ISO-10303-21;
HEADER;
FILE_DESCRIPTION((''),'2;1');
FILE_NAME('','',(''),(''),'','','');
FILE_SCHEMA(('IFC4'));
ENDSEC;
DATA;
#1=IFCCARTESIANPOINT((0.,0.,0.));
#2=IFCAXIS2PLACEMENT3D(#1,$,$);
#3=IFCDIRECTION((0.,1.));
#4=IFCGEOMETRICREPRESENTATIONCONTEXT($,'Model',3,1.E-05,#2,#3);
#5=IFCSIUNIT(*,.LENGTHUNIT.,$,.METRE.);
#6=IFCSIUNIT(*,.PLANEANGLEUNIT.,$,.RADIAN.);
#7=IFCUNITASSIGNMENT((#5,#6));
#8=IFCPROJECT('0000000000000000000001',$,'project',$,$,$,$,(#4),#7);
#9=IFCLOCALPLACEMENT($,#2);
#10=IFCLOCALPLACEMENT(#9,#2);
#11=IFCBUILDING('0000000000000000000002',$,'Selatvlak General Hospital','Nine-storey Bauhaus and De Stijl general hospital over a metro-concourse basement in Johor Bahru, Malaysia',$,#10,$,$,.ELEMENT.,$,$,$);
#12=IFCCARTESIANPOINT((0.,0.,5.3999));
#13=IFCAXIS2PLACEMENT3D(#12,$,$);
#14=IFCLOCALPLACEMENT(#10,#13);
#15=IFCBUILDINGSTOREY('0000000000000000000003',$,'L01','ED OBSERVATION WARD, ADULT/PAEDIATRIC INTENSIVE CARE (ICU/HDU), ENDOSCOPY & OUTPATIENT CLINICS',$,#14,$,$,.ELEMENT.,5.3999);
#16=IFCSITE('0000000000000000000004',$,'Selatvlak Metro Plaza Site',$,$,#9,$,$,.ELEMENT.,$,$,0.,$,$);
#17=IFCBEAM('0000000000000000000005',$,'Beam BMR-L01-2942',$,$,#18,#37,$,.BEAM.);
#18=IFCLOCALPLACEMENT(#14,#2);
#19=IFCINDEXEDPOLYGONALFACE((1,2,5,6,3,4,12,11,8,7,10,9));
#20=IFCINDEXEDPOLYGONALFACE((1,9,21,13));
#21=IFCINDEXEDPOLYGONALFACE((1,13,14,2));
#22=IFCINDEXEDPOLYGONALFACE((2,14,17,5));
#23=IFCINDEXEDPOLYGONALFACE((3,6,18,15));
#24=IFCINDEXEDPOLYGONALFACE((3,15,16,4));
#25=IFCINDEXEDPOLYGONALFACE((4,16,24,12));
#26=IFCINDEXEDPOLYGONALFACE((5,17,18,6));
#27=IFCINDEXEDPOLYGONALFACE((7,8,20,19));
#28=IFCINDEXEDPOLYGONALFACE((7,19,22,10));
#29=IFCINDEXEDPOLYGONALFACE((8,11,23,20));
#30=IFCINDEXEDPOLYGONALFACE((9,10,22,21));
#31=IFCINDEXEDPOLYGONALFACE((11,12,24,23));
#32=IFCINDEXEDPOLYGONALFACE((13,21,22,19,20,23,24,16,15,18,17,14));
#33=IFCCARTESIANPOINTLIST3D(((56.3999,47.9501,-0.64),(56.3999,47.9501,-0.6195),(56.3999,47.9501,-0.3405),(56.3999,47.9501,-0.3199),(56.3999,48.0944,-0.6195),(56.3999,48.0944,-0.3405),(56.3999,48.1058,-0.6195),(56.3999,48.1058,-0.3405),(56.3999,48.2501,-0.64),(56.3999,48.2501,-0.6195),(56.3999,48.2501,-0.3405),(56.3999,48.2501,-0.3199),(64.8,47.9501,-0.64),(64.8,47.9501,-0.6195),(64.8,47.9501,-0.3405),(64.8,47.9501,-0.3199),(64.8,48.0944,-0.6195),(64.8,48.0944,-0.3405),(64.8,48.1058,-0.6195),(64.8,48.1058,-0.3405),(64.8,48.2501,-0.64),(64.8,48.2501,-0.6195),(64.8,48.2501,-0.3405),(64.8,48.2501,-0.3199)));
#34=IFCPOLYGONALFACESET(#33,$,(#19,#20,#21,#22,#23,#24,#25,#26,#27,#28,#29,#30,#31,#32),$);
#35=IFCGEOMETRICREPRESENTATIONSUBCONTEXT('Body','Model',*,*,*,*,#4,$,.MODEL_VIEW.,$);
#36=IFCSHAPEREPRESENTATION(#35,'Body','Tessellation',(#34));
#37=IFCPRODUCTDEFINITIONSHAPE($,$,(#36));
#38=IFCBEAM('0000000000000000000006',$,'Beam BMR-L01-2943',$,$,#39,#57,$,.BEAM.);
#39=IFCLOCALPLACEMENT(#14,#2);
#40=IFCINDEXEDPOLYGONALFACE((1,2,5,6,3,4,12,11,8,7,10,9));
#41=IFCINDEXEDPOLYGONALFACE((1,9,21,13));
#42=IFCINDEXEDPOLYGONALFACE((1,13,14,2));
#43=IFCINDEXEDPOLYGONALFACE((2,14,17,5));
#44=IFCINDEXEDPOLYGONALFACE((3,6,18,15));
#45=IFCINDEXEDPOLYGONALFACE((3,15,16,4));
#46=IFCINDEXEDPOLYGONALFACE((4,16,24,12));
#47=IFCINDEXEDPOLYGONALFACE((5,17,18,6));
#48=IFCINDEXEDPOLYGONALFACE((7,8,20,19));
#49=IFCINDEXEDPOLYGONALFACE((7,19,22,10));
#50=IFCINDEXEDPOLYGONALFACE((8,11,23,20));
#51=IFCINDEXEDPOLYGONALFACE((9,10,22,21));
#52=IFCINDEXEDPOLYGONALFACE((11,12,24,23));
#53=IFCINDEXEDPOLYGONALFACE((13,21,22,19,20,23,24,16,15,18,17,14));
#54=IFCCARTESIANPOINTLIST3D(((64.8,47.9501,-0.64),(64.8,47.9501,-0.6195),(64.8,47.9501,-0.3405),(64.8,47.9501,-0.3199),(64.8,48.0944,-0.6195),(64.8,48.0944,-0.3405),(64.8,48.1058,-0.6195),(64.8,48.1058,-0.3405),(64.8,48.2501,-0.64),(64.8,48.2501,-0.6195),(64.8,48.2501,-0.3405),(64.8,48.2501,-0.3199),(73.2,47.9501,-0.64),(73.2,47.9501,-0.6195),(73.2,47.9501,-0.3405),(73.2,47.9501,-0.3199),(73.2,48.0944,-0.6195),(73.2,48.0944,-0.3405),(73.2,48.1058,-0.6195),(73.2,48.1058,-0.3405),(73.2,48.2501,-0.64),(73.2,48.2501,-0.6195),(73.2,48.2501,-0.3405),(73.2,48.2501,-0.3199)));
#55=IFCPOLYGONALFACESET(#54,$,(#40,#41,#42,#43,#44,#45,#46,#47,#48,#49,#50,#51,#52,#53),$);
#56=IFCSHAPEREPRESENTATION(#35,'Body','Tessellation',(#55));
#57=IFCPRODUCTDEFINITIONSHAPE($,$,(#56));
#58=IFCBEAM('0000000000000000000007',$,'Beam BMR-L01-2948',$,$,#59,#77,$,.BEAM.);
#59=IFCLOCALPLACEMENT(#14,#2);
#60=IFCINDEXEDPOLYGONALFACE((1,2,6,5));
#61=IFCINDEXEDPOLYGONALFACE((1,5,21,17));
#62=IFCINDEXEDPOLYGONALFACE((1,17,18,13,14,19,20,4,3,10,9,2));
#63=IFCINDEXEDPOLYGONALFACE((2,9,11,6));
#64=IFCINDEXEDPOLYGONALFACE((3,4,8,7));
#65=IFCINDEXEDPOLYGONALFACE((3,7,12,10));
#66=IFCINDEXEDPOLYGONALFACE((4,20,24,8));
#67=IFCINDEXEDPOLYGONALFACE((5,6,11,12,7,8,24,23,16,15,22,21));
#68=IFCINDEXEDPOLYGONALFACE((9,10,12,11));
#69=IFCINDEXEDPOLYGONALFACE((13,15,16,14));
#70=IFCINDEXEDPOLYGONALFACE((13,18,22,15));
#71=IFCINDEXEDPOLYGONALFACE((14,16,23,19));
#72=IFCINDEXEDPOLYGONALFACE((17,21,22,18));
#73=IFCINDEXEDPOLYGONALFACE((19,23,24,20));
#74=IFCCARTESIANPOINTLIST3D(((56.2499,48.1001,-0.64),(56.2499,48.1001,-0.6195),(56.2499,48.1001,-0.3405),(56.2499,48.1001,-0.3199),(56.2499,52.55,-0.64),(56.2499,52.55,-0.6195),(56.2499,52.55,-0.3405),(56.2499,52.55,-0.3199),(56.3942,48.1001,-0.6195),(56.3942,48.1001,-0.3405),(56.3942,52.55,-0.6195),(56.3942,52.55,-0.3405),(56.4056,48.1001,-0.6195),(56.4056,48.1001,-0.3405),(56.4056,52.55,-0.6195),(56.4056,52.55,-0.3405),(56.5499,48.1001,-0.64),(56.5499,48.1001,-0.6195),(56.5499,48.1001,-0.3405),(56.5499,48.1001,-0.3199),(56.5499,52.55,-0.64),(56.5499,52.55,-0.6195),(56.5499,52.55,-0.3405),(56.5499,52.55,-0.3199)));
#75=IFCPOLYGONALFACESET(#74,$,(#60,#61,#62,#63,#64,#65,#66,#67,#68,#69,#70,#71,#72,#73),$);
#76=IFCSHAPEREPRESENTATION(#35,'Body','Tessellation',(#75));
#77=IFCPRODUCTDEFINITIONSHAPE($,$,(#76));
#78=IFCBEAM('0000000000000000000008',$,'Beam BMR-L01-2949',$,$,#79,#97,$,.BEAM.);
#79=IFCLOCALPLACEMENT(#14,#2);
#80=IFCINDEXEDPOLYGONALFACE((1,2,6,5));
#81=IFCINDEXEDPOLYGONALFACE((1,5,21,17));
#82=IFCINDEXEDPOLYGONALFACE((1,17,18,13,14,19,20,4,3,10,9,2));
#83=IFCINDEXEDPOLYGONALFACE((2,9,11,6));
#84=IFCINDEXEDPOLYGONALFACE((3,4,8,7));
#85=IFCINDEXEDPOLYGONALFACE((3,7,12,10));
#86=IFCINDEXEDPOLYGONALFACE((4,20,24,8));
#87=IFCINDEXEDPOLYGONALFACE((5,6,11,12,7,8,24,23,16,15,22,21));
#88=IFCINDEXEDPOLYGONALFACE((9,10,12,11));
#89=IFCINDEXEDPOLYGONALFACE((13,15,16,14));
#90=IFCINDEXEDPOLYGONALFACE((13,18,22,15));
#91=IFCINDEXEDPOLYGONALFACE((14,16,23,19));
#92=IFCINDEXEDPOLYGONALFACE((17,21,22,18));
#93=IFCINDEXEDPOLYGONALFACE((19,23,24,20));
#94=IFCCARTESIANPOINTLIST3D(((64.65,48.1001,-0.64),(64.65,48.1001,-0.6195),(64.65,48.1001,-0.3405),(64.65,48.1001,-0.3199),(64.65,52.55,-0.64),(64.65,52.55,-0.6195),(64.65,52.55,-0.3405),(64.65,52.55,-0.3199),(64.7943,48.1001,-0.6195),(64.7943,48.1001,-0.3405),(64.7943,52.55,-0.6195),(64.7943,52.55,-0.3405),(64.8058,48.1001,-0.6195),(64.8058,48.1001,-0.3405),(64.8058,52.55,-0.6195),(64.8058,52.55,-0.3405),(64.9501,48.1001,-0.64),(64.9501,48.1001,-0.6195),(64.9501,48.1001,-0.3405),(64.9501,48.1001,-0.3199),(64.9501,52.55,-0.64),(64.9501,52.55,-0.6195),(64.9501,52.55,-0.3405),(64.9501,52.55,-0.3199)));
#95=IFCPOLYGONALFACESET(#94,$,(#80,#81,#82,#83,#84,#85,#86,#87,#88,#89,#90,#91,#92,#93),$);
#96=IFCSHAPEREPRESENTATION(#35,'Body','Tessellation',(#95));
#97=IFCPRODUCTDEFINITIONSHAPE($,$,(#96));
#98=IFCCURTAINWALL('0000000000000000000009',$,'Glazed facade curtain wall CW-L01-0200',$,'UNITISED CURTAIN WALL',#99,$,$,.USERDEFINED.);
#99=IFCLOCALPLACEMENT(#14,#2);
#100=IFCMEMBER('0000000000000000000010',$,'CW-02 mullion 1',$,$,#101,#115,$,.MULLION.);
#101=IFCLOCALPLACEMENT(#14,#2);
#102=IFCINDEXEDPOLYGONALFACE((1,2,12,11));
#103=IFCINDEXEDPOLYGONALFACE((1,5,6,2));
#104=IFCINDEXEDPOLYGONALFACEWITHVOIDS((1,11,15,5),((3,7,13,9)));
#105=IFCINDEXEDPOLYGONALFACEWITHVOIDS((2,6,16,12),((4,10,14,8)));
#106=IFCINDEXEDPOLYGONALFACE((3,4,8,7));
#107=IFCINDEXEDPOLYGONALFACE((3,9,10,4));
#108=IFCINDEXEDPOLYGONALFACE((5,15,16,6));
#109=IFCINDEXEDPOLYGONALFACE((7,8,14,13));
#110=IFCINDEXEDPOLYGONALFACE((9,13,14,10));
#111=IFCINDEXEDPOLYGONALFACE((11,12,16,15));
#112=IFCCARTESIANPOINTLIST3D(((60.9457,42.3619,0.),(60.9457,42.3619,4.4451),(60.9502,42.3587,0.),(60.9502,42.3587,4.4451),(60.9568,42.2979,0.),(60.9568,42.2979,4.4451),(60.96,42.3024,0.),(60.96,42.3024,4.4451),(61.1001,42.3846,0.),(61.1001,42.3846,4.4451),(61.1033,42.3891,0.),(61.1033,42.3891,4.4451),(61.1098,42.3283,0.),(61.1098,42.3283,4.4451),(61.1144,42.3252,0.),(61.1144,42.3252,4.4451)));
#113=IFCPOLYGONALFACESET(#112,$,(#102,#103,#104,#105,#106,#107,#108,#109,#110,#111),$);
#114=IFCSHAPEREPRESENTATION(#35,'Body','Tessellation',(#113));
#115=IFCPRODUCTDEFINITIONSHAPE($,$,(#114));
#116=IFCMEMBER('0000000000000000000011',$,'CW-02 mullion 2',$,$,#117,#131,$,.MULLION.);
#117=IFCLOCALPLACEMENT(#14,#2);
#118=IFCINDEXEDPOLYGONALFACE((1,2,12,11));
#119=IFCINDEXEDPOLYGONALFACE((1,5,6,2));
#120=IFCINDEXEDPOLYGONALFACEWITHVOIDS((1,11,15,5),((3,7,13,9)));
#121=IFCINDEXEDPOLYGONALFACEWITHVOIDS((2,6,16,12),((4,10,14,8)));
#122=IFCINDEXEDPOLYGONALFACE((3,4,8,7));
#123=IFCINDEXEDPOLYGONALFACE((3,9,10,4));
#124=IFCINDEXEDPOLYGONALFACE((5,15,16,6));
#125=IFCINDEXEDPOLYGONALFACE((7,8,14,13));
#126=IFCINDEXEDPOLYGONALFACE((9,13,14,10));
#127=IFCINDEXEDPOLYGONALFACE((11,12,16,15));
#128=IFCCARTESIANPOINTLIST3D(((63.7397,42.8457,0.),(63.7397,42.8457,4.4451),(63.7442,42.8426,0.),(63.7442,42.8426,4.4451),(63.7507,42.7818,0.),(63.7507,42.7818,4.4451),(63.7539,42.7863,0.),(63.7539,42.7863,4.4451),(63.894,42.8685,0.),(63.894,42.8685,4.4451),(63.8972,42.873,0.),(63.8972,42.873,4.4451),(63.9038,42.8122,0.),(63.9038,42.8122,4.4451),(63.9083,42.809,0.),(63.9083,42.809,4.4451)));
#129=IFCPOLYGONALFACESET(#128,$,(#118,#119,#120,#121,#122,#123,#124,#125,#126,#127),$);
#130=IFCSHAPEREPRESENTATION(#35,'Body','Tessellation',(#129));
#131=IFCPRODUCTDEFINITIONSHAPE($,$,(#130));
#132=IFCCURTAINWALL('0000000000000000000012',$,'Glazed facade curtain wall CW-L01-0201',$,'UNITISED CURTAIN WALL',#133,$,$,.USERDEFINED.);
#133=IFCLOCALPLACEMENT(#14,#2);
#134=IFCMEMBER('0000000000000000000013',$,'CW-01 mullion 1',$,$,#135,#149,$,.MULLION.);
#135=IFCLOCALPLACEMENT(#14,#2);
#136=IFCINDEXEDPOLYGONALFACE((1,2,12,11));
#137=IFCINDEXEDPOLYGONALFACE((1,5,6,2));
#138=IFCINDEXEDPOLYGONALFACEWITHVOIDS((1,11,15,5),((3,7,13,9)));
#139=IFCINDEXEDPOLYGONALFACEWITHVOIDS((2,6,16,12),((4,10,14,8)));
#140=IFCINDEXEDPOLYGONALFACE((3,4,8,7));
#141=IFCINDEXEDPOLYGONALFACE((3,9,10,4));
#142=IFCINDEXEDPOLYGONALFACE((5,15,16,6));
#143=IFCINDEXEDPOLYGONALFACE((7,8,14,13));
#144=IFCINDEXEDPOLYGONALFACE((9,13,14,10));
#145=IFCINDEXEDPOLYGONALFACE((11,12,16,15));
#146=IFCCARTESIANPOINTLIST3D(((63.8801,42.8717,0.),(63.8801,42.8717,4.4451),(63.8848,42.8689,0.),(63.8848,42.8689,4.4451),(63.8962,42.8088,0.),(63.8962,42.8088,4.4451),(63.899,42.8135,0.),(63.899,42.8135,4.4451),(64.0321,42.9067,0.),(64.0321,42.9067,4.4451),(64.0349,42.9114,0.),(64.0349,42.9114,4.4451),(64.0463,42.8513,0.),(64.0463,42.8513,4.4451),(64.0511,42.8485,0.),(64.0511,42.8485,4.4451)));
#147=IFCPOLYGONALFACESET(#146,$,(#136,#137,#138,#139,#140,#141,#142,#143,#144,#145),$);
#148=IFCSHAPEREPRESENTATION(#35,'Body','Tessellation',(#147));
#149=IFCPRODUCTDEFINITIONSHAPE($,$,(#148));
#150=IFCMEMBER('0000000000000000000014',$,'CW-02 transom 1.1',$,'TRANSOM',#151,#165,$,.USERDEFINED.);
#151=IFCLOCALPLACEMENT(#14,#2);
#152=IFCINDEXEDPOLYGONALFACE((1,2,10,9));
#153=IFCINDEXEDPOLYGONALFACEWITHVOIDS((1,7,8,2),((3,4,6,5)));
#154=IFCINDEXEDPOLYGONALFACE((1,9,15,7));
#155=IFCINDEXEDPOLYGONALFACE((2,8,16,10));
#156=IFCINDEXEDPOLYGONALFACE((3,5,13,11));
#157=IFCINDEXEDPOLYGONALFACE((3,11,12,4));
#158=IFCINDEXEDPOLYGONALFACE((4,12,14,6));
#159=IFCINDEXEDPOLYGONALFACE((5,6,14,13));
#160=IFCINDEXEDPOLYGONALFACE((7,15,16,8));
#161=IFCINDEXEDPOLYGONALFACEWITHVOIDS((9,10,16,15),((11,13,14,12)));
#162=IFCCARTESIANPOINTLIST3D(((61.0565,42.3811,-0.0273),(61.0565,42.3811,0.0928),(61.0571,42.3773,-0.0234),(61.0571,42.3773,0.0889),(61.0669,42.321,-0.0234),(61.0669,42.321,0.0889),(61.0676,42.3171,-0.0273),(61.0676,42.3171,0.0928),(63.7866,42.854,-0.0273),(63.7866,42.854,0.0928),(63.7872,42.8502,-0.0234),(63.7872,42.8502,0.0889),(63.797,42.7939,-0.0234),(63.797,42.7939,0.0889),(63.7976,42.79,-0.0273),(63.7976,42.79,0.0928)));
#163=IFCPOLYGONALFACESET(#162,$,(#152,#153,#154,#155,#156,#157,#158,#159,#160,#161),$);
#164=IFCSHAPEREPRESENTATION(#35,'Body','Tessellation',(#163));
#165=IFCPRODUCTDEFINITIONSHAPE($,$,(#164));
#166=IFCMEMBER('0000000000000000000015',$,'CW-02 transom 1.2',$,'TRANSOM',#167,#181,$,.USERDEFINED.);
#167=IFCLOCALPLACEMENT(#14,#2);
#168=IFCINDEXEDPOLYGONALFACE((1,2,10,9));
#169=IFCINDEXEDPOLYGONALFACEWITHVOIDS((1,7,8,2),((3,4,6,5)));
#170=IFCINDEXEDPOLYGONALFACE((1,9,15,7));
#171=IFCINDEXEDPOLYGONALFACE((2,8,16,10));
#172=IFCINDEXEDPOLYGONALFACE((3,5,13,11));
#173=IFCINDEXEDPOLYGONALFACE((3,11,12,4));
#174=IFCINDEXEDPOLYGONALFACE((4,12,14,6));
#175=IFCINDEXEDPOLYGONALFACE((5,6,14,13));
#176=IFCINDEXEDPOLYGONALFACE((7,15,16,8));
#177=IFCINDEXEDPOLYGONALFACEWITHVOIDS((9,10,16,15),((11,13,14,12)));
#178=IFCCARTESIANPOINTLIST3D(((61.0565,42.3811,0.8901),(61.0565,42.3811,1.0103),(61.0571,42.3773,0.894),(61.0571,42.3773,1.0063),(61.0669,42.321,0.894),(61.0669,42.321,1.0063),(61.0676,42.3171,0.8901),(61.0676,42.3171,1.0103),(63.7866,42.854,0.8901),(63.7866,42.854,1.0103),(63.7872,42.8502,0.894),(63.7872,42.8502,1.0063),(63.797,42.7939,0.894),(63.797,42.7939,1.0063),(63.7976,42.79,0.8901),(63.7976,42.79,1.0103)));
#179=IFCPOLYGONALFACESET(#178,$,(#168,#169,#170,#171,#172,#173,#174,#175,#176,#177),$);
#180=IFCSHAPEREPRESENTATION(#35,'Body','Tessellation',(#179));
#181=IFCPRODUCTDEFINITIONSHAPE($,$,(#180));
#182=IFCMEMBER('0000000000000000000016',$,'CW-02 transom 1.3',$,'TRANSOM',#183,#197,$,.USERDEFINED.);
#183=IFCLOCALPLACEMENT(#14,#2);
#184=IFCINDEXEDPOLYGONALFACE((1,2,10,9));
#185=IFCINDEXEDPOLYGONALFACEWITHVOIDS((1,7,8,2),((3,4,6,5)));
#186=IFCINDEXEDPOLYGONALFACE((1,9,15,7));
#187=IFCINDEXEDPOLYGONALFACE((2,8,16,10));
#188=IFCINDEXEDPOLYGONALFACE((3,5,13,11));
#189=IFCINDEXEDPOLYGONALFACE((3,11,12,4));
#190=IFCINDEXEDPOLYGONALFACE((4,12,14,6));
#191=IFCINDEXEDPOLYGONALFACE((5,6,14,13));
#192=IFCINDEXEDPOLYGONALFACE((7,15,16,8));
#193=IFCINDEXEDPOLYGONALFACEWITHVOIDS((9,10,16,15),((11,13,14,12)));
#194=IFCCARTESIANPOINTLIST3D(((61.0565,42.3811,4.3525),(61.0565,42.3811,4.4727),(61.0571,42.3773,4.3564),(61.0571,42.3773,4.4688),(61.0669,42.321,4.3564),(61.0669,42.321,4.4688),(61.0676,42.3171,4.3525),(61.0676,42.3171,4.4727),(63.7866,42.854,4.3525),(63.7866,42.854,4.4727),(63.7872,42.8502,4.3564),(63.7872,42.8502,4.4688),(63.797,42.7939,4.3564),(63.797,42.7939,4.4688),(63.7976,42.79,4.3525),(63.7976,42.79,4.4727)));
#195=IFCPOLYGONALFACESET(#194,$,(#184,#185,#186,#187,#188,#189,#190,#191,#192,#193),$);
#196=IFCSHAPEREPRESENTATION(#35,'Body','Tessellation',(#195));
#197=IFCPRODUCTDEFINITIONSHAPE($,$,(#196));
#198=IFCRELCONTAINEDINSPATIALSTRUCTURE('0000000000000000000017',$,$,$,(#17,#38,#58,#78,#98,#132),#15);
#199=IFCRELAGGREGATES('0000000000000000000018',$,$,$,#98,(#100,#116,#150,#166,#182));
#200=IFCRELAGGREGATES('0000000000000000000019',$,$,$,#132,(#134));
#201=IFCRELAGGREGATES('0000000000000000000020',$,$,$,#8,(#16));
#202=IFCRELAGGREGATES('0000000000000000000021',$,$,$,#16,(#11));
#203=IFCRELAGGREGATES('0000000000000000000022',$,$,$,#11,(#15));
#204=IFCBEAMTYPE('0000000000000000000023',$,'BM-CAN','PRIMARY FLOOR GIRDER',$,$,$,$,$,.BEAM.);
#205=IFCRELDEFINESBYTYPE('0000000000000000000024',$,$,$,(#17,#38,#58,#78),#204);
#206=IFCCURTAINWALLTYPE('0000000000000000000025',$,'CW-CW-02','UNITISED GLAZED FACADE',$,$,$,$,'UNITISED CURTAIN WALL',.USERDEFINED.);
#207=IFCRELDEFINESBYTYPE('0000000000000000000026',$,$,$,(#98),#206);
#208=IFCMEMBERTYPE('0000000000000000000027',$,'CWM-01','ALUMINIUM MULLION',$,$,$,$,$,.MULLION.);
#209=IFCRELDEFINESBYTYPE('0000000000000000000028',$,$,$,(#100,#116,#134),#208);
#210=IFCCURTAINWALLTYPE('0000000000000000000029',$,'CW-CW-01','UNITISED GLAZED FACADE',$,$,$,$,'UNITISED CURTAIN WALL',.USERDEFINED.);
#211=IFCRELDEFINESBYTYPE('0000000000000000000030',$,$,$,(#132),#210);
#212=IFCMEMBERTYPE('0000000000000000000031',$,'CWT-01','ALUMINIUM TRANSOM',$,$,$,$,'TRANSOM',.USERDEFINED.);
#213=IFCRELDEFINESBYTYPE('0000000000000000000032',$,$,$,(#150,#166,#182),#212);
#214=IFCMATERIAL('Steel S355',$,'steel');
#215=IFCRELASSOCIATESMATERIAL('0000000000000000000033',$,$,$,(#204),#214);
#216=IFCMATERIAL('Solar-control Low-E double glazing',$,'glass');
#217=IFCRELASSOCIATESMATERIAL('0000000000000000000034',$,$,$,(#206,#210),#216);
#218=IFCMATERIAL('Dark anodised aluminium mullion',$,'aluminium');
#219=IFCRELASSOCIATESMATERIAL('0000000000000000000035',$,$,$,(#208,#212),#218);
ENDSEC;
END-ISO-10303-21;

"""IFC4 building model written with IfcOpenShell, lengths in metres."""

from ifc_helpers import new_model, si_unit, direction, frame, origin, origin_2d, place, context, subcontext, project, spatial, hollow_rectangle, i_section, extrude, material, material_profile, profile_set, type_object, element, aggregate, save


model = new_model("IFC4")

# Units and contexts
model_context = context("Model", 3, precision=1e-05, world=origin(), true_north=direction((0.0, 1.0)))
body_context = subcontext(model_context, "Body", "Model", "MODEL_VIEW")
ifc_project = project(units=[si_unit("LENGTHUNIT", "METRE"), si_unit("PLANEANGLEUNIT", "RADIAN")], contexts=[model_context])

# Site, building, storey
site_placement = place(None, origin())
site = spatial("IfcSite", under=ifc_project, at=site_placement, Name="Selatvlak Metro Plaza Site", CompositionType="ELEMENT", RefElevation=0.0)
building_placement = place(site_placement, origin())
building = spatial("IfcBuilding", under=site, at=building_placement, Name="Selatvlak General Hospital", Description="Nine-storey Bauhaus and De Stijl general hospital over a metro-concourse basement in Johor Bahru, Malaysia", CompositionType="ELEMENT")
storey_placement = place(building_placement, frame((0.0, 0.0, 5.3999)))
storey = spatial("IfcBuildingStorey", under=building, at=storey_placement, Name="L01", Description="ED OBSERVATION WARD, ADULT/PAEDIATRIC INTENSIVE CARE (ICU/HDU), ENDOSCOPY & OUTPATIENT CLINICS", CompositionType="ELEMENT", Elevation=5.3999)

# Beams
ifc_material_1 = material(Name="Steel S355", Category="steel")
ifc_material_profile_1 = material_profile(ifc_material_1, i_section(OverallWidth=0.3, OverallDepth=0.3201, WebThickness=0.0115, FlangeThickness=0.0205, at=origin_2d()), Name="HEB 320")
ifc_profile_set_1 = profile_set([ifc_material_profile_1], Name="Steel S355")
beam_type = type_object("IfcBeamType", Name="BM-CAN", Description="PRIMARY FLOOR GIRDER", PredefinedType="BEAM", material=ifc_profile_set_1)
beam_1_placement = place(storey_placement, frame((56.3999, 48.1001, -0.48), z_axis=(1.0, 0.0, 0.0), x_axis=(0.0, 1.0, 0.0)))
element("IfcBeam", 1, at=beam_1_placement, inside=storey, type_object=beam_type, Name="Beam BMR-L01-2942", PredefinedType="BEAM", context=body_context, shape_type="SweptSolid", body=[
    extrude(i_section(OverallWidth=0.3, OverallDepth=0.3201, WebThickness=0.0115, FlangeThickness=0.0205, at=origin_2d()), origin(), (0.0, 0.0, 1.0), 8.4001),
])
beam_2_placement = place(storey_placement, frame((64.8, 48.1001, -0.48), z_axis=(1.0, 0.0, 0.0), x_axis=(0.0, 1.0, 0.0)))
element("IfcBeam", 2, at=beam_2_placement, inside=storey, type_object=beam_type, Name="Beam BMR-L01-2943", PredefinedType="BEAM", context=body_context, shape_type="SweptSolid", body=[
    extrude(i_section(OverallWidth=0.3, OverallDepth=0.3201, WebThickness=0.0115, FlangeThickness=0.0205, at=origin_2d()), origin(), (0.0, 0.0, 1.0), 8.3999),
])
for number, where, z_axis, x_axis, name in (
    (3, (56.3999, 48.1001, -0.48), (0.0, 1.0, 0.0), (-1.0, 0.0, 0.0), "Beam BMR-L01-2948"),
    (4, (64.8, 48.1001, -0.48), (0.0, 1.0, 0.0), (-1.0, 0.0, 0.0), "Beam BMR-L01-2949"),
):
    element("IfcBeam", number, at=place(storey_placement, frame(where, z_axis=z_axis, x_axis=x_axis)), inside=storey, type_object=beam_type, Name=name, PredefinedType="BEAM", context=body_context, shape_type="SweptSolid", body=[
        extrude(i_section(OverallWidth=0.3, OverallDepth=0.3201, WebThickness=0.0115, FlangeThickness=0.0205, at=origin_2d()), origin(), (0.0, 0.0, 1.0), 4.45),
    ])

# Curtain wall, members
ifc_material_2 = material(Name="Solar-control Low-E double glazing", Category="glass")
curtain_wall_type_1 = type_object("IfcCurtainWallType", Name="CW-CW-02", Description="UNITISED GLAZED FACADE", ElementType="UNITISED CURTAIN WALL", PredefinedType="USERDEFINED", material=ifc_material_2)
curtain_wall_1_placement = place(storey_placement, origin())
curtain_wall_1 = element("IfcCurtainWall", 5, at=curtain_wall_1_placement, inside=storey, type_object=curtain_wall_type_1, Name="Glazed facade curtain wall CW-L01-0200", ObjectType="UNITISED CURTAIN WALL", PredefinedType="USERDEFINED")
ifc_material_3 = material(Name="Dark anodised aluminium mullion", Category="aluminium")
ifc_material_profile_2 = material_profile(ifc_material_3, hollow_rectangle(XDim=0.0649, YDim=0.1599, WallThickness=0.0039, at=origin_2d()), Name="AL-MUL 65x160x4")
ifc_profile_set_2 = profile_set([ifc_material_profile_2], Name="Dark anodised aluminium mullion")
member_type_1 = type_object("IfcMemberType", Name="CWM-01", Description="ALUMINIUM MULLION", PredefinedType="MULLION", material=ifc_profile_set_2)
member_1_placement = place(storey_placement, frame((61.03, 42.3435, 0.0), z_axis=(0.0, 0.0, 1.0), x_axis=(-0.170657, 0.98533, 0.0)))
member_1 = element("IfcMember", 6, at=member_1_placement, type_object=member_type_1, Name="CW-02 mullion 1", PredefinedType="MULLION", context=body_context, shape_type="SweptSolid", body=[
    extrude(hollow_rectangle(XDim=0.0649, YDim=0.1599, WallThickness=0.0039, at=origin_2d()), origin(), (0.0, 0.0, 1.0), 4.4451),
])
member_2_placement = place(storey_placement, frame((63.824, 42.8274, 0.0), z_axis=(0.0, 0.0, 1.0), x_axis=(-0.170657, 0.98533, 0.0)))
member_2 = element("IfcMember", 7, at=member_2_placement, type_object=member_type_1, Name="CW-02 mullion 2", PredefinedType="MULLION", context=body_context, shape_type="SweptSolid", body=[
    extrude(hollow_rectangle(XDim=0.0649, YDim=0.1599, WallThickness=0.0039, at=origin_2d()), origin(), (0.0, 0.0, 1.0), 4.4451),
])

# Curtain wall, member
curtain_wall_type_2 = type_object("IfcCurtainWallType", Name="CW-CW-01", Description="UNITISED GLAZED FACADE", ElementType="UNITISED CURTAIN WALL", PredefinedType="USERDEFINED", material=ifc_material_2)
curtain_wall_2_placement = place(storey_placement, origin())
curtain_wall_2 = element("IfcCurtainWall", 8, at=curtain_wall_2_placement, inside=storey, type_object=curtain_wall_type_2, Name="Glazed facade curtain wall CW-L01-0201", ObjectType="UNITISED CURTAIN WALL", PredefinedType="USERDEFINED")
member_3_placement = place(storey_placement, frame((63.9656, 42.8601, 0.0), z_axis=(0.0, 0.0, 1.0), x_axis=(-0.248607, 0.968604, 0.0)))
member_3 = element("IfcMember", 9, at=member_3_placement, type_object=member_type_1, Name="CW-01 mullion 1", PredefinedType="MULLION", context=body_context, shape_type="SweptSolid", body=[
    extrude(hollow_rectangle(XDim=0.0649, YDim=0.1599, WallThickness=0.0039, at=origin_2d()), origin(), (0.0, 0.0, 1.0), 4.4451),
])

# Members
ifc_material_profile_3 = material_profile(ifc_material_3, hollow_rectangle(XDim=0.0649, YDim=0.1201, WallThickness=0.0039, at=origin_2d()), Name="AL-TRN 65x120x4")
ifc_profile_set_3 = profile_set([ifc_material_profile_3], Name="Dark anodised aluminium mullion")
member_type_2 = type_object("IfcMemberType", Name="CWT-01", Description="ALUMINIUM TRANSOM", ElementType="TRANSOM", PredefinedType="USERDEFINED", material=ifc_profile_set_3)
member_4_placement = place(storey_placement, frame((61.062, 42.3491, 0.0327), z_axis=(0.985326, 0.170683, 0.0), x_axis=(-0.170683, 0.985326, 0.0)))
member_4 = element("IfcMember", 10, at=member_4_placement, type_object=member_type_2, Name="CW-02 transom 1.1", ObjectType="TRANSOM", PredefinedType="USERDEFINED", context=body_context, shape_type="SweptSolid", body=[
    extrude(hollow_rectangle(XDim=0.0649, YDim=0.1201, WallThickness=0.0039, at=origin_2d()), origin(), (0.0, 0.0, 1.0), 2.7708),
])
member_5_placement = place(storey_placement, frame((61.062, 42.3491, 0.9502), z_axis=(0.985326, 0.170683, 0.0), x_axis=(-0.170683, 0.985326, 0.0)))
member_5 = element("IfcMember", 11, at=member_5_placement, type_object=member_type_2, Name="CW-02 transom 1.2", ObjectType="TRANSOM", PredefinedType="USERDEFINED", context=body_context, shape_type="SweptSolid", body=[
    extrude(hollow_rectangle(XDim=0.0649, YDim=0.1201, WallThickness=0.0039, at=origin_2d()), origin(), (0.0, 0.0, 1.0), 2.7708),
])
member_6_placement = place(storey_placement, frame((61.062, 42.3491, 4.4126), z_axis=(0.985326, 0.170683, 0.0), x_axis=(-0.170683, 0.985326, 0.0)))
member_6 = element("IfcMember", 12, at=member_6_placement, type_object=member_type_2, Name="CW-02 transom 1.3", ObjectType="TRANSOM", PredefinedType="USERDEFINED", context=body_context, shape_type="SweptSolid", body=[
    extrude(hollow_rectangle(XDim=0.0649, YDim=0.1201, WallThickness=0.0039, at=origin_2d()), origin(), (0.0, 0.0, 1.0), 2.7708),
])

aggregate(curtain_wall_1, [member_1, member_2, member_4, member_5, member_6])
aggregate(curtain_wall_2, [member_3])

save(model, "model.ifc")
